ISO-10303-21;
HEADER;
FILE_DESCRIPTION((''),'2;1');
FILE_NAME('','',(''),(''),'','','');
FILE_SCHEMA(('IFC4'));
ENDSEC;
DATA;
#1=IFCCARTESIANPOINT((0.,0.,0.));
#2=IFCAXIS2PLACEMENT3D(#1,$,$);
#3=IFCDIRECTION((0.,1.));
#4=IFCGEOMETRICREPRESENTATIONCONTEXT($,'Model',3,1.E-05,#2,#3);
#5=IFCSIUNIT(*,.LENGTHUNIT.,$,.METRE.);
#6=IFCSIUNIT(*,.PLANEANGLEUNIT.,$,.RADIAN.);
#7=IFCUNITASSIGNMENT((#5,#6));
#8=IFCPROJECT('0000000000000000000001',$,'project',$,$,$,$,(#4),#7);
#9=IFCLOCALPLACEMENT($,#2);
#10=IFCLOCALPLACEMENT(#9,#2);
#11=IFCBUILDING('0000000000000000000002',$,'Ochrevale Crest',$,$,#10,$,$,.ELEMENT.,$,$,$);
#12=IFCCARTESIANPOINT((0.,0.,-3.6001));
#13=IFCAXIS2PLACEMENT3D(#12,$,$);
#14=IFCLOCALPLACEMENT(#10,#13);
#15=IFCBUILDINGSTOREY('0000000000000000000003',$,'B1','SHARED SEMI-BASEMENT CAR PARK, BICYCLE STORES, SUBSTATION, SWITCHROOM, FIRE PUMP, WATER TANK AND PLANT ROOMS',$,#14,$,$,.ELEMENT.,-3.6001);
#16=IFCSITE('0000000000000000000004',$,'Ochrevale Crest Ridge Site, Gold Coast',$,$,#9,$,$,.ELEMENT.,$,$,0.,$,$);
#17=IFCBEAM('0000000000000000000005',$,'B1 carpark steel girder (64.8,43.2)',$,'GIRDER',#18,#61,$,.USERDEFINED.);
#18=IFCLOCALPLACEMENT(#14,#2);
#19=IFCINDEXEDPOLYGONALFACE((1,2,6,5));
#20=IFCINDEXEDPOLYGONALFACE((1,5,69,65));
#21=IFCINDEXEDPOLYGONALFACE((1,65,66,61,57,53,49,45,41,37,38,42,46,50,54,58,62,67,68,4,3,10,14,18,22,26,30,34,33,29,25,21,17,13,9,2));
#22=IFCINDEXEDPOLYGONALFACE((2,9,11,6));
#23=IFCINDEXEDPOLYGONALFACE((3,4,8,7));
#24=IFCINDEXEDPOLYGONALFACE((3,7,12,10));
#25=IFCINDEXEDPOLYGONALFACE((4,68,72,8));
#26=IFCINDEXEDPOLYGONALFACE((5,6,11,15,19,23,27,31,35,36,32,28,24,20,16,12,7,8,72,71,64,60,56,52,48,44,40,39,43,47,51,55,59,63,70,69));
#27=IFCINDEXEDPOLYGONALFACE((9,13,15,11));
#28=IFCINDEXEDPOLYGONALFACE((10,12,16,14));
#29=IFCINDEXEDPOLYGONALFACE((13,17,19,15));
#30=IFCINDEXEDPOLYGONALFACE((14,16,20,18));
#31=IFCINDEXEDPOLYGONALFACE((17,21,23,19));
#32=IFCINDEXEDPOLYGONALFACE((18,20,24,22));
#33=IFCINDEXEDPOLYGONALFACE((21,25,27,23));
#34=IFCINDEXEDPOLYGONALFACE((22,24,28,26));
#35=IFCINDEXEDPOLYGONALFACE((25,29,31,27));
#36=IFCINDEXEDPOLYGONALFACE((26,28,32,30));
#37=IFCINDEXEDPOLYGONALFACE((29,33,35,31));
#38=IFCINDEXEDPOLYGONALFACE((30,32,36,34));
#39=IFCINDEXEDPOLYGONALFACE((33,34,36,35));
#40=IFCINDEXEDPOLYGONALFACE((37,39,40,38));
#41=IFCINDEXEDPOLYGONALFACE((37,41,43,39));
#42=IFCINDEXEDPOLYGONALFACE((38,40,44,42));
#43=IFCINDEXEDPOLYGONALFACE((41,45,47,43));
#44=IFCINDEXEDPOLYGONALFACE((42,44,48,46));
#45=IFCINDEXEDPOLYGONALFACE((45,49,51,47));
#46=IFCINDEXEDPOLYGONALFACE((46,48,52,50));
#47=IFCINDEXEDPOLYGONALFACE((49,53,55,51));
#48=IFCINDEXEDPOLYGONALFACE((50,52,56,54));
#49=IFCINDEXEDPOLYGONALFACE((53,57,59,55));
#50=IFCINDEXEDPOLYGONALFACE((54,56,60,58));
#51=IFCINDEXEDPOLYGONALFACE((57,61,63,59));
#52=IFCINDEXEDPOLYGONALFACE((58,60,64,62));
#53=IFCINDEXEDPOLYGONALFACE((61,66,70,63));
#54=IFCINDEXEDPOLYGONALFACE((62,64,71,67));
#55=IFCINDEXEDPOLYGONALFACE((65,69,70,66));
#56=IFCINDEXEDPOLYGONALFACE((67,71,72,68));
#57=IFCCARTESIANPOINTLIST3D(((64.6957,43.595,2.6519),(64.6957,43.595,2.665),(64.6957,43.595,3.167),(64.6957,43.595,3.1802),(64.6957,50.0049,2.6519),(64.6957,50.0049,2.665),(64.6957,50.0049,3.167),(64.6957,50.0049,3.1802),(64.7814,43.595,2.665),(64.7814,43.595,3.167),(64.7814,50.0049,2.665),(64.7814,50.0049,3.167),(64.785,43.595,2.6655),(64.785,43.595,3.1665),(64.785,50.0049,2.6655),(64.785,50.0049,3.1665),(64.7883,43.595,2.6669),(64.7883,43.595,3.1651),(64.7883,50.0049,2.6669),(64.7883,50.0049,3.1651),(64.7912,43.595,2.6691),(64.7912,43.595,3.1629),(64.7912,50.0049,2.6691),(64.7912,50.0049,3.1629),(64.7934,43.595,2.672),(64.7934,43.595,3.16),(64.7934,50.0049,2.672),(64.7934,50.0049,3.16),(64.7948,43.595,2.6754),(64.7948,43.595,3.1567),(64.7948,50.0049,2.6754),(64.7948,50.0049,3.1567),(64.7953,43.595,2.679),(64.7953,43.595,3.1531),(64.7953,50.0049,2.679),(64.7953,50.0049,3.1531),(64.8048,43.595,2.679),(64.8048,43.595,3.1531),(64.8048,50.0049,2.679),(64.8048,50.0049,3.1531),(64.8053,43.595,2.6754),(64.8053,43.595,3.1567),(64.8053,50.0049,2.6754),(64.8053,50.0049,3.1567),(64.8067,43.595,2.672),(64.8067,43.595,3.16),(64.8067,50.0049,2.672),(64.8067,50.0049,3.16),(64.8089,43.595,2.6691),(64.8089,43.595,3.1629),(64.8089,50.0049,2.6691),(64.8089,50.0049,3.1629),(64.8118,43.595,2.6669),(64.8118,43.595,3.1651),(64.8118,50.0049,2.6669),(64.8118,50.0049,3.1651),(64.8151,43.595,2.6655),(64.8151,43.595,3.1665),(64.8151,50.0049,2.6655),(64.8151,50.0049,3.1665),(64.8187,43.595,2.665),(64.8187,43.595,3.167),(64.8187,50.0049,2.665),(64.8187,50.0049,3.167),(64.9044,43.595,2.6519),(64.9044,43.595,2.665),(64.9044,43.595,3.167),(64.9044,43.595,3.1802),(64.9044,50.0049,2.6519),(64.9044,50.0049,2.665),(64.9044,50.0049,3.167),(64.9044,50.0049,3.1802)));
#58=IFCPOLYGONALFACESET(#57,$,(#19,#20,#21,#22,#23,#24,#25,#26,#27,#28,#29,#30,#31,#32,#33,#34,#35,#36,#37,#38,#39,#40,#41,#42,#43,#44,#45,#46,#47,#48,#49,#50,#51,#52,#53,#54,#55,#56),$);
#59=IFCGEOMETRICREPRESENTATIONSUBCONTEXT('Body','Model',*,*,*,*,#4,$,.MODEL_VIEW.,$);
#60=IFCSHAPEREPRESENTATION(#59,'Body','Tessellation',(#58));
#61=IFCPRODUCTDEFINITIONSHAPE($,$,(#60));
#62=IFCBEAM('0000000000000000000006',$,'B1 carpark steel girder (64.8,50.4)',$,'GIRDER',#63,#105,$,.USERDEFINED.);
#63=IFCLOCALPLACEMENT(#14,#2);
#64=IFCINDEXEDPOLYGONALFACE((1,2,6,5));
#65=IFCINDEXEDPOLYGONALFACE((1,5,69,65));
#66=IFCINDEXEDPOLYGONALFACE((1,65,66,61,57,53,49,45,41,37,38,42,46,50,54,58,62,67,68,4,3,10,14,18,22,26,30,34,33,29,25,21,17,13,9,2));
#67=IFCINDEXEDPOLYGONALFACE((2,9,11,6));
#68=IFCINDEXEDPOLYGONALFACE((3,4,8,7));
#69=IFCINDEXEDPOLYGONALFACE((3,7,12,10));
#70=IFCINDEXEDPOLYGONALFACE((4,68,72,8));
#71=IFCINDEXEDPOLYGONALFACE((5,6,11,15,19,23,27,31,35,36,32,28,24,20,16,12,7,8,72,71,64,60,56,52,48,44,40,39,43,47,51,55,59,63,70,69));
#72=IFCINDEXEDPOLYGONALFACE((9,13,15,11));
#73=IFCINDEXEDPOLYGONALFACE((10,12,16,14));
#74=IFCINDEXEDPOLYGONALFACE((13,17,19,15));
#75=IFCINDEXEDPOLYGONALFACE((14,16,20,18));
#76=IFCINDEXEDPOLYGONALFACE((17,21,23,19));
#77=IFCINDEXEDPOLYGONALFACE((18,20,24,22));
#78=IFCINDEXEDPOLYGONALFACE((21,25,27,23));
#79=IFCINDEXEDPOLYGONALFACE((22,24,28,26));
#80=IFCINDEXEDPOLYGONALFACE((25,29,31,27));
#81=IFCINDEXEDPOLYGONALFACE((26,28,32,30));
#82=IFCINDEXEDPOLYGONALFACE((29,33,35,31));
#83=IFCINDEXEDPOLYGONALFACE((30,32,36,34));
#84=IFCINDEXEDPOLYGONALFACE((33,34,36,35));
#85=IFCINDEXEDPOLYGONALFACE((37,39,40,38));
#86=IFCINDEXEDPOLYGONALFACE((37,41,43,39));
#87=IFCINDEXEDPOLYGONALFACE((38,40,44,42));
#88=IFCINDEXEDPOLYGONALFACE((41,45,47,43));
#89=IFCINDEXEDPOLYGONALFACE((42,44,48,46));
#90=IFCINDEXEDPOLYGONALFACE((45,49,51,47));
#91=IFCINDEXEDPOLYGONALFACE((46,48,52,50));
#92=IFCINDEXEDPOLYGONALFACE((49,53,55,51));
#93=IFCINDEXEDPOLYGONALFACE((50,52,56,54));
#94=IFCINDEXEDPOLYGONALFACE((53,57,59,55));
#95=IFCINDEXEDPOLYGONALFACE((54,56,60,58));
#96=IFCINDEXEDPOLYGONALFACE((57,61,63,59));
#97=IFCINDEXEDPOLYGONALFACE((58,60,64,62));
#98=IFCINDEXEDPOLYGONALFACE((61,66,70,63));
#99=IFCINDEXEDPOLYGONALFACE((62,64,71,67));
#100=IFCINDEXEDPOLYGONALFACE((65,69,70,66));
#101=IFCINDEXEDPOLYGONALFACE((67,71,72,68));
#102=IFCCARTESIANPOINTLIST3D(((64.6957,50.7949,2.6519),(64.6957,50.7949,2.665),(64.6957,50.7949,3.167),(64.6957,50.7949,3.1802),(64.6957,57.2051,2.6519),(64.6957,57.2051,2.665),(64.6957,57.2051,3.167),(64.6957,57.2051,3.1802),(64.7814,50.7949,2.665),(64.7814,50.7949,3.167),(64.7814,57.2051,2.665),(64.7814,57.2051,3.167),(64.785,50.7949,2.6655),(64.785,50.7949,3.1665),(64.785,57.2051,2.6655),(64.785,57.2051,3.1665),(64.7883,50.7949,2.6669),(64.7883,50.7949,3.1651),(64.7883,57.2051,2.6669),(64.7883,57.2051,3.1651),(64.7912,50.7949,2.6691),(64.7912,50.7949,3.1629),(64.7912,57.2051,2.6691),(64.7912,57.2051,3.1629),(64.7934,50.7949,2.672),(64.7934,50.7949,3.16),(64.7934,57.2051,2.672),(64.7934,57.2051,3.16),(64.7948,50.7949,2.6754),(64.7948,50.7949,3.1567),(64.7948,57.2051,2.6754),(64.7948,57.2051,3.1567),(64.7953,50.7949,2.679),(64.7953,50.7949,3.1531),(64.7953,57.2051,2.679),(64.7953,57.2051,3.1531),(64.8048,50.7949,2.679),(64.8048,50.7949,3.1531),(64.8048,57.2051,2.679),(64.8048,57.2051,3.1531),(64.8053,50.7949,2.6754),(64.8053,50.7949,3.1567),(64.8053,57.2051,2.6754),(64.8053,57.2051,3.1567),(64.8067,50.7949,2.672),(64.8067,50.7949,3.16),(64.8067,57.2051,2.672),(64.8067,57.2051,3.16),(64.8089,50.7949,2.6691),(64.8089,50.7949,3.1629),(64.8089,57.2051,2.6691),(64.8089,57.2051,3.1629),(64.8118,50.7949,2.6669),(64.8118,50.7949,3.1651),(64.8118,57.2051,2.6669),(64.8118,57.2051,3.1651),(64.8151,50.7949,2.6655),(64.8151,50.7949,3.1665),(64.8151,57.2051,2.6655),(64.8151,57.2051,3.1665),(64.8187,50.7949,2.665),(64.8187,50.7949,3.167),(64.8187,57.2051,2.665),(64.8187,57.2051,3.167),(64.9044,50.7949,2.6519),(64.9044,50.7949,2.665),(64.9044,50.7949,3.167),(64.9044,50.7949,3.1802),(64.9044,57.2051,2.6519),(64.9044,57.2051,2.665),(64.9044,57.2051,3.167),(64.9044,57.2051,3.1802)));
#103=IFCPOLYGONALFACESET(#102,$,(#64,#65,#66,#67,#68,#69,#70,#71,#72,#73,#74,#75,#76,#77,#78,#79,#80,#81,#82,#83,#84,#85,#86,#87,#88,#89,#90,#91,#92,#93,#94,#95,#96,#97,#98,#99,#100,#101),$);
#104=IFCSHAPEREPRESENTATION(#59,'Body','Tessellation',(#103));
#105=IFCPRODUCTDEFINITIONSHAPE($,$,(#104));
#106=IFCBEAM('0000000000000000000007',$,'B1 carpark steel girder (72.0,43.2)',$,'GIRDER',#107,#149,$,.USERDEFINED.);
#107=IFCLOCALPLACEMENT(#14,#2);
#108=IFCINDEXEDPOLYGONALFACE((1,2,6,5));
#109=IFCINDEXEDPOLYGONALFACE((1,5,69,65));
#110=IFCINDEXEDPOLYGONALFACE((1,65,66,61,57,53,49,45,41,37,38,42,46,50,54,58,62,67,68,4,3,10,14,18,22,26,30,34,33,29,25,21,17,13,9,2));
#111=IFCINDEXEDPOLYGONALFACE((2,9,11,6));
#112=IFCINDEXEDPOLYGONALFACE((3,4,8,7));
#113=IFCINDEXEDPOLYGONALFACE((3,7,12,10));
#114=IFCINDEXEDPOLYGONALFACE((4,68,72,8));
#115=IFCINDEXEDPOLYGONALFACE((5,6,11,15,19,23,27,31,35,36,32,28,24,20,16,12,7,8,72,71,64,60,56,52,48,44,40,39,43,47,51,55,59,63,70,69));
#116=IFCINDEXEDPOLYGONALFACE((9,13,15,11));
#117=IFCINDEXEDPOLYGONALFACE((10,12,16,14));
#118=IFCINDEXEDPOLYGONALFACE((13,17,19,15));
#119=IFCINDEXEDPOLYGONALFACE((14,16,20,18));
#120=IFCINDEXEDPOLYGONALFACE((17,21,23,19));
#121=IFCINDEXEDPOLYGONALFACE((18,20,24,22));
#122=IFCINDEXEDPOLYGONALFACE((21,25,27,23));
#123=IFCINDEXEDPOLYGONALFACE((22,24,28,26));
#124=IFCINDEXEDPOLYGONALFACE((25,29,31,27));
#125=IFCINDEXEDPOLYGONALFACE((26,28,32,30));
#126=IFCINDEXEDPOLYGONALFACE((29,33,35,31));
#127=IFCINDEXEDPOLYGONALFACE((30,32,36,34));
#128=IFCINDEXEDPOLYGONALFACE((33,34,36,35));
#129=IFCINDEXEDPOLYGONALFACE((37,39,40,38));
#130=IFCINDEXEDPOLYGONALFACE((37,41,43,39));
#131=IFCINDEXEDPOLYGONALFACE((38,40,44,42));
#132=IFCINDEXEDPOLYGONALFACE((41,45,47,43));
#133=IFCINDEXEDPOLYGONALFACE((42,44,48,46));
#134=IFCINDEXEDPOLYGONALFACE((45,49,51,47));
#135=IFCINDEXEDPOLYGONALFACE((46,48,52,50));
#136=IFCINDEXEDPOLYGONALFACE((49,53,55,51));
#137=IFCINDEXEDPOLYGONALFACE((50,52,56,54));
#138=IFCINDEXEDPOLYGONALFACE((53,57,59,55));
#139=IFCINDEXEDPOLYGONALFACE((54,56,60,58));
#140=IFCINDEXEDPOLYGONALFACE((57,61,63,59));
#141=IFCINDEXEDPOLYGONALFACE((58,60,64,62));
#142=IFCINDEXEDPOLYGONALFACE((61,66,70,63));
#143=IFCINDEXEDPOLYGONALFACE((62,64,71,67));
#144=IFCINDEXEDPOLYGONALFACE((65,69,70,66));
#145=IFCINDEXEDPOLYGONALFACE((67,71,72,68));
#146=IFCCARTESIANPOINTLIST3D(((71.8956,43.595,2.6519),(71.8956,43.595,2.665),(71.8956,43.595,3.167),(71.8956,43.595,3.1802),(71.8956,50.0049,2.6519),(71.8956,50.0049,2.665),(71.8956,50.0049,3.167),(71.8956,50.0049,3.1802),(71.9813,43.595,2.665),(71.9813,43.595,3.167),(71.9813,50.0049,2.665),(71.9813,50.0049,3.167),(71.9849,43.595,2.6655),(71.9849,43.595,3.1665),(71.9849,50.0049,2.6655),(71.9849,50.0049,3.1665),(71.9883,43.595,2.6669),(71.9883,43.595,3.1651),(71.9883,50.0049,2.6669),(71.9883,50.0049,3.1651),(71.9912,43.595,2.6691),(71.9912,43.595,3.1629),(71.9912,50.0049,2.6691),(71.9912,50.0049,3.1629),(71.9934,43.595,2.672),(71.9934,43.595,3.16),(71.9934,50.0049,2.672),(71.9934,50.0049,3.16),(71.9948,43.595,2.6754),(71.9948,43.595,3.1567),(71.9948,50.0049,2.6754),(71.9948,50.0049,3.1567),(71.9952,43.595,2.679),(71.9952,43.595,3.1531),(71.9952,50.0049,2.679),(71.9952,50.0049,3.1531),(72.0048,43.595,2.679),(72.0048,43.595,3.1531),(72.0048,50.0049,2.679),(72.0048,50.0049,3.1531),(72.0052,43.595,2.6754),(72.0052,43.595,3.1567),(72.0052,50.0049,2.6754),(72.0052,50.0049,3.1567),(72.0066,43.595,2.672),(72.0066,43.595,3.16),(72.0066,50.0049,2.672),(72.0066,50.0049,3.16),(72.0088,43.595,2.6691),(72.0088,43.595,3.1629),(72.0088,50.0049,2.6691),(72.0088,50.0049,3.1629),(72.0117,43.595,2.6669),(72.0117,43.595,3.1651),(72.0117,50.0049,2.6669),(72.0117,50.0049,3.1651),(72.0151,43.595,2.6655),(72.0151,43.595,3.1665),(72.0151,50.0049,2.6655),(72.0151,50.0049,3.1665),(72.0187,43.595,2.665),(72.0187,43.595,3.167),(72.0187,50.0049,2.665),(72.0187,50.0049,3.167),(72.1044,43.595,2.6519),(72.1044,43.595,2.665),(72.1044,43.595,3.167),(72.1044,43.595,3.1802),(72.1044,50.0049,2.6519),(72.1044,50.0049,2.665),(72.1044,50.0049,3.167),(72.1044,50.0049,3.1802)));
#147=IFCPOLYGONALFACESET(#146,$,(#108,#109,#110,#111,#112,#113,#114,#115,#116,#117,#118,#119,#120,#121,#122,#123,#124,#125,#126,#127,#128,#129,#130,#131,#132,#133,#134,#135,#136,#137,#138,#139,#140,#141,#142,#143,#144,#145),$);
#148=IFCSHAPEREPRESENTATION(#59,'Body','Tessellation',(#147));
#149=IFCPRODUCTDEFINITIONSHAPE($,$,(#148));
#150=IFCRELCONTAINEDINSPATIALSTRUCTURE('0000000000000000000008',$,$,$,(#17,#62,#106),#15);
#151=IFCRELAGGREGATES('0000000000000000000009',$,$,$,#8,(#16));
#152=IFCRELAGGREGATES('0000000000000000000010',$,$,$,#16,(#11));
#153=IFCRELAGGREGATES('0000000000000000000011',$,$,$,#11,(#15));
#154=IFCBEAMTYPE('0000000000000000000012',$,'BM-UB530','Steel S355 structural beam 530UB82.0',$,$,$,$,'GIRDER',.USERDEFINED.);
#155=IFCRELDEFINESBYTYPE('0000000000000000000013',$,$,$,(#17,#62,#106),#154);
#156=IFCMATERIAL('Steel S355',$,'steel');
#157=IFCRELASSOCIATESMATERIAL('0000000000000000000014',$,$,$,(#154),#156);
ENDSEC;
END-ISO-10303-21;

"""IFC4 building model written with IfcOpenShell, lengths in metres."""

from ifc_helpers import new_model, si_unit, direction, frame, origin, origin_2d, place, context, subcontext, project, spatial, i_section, extrude, material, material_profile, profile_set, type_object, element, save


model = new_model("IFC4")

# Units and contexts
model_context = context("Model", 3, precision=1e-05, world=origin(), true_north=direction((0.0, 1.0)))
body_context = subcontext(model_context, "Body", "Model", "MODEL_VIEW")
ifc_project = project(units=[si_unit("LENGTHUNIT", "METRE"), si_unit("PLANEANGLEUNIT", "RADIAN")], contexts=[model_context])

# Site, building, storey
site_placement = place(None, origin())
site = spatial("IfcSite", under=ifc_project, at=site_placement, Name="Ochrevale Crest Ridge Site, Gold Coast", CompositionType="ELEMENT", RefElevation=0.0)
building_placement = place(site_placement, origin())
building = spatial("IfcBuilding", under=site, at=building_placement, Name="Ochrevale Crest", CompositionType="ELEMENT")
storey_placement = place(building_placement, frame((0.0, 0.0, -3.6001)))
storey = spatial("IfcBuildingStorey", under=building, at=storey_placement, Name="B1", Description="SHARED SEMI-BASEMENT CAR PARK, BICYCLE STORES, SUBSTATION, SWITCHROOM, FIRE PUMP, WATER TANK AND PLANT ROOMS", CompositionType="ELEMENT", Elevation=-3.6001)

# Beams
ifc_material_1 = material(Name="Steel S355", Category="steel")
ifc_material_profile_1 = material_profile(ifc_material_1, i_section(OverallWidth=0.2087, OverallDepth=0.5283, WebThickness=0.0095, FlangeThickness=0.0132, FilletRadius=0.0139, at=origin_2d()), Name="530UB82.0")
ifc_profile_set_1 = profile_set([ifc_material_profile_1], Name="Steel S355")
beam_type_1 = type_object("IfcBeamType", Name="BM-UB530", Description="Steel S355 structural beam 530UB82.0", ElementType="GIRDER", PredefinedType="USERDEFINED", material=ifc_profile_set_1)
beam_1_placement = place(storey_placement, frame((64.8, 43.595, 2.916), z_axis=(0.0, 1.0, 0.0), x_axis=(-1.0, 0.0, 0.0)))
element("IfcBeam", 1, at=beam_1_placement, inside=storey, type_object=beam_type_1, Name="B1 carpark steel girder (64.8,43.2)", ObjectType="GIRDER", PredefinedType="USERDEFINED", context=body_context, shape_type="SweptSolid", body=[
    extrude(i_section(OverallWidth=0.2087, OverallDepth=0.5283, WebThickness=0.0095, FlangeThickness=0.0132, FilletRadius=0.0139, at=origin_2d()), origin(), (0.0, 0.0, 1.0), 6.4099),
])
beam_2_placement = place(storey_placement, frame((64.8, 50.7949, 2.916), z_axis=(0.0, 1.0, 0.0), x_axis=(-1.0, 0.0, 0.0)))
element("IfcBeam", 2, at=beam_2_placement, inside=storey, type_object=beam_type_1, Name="B1 carpark steel girder (64.8,50.4)", ObjectType="GIRDER", PredefinedType="USERDEFINED", context=body_context, shape_type="SweptSolid", body=[
    extrude(i_section(OverallWidth=0.2087, OverallDepth=0.5283, WebThickness=0.0095, FlangeThickness=0.0132, FilletRadius=0.0139, at=origin_2d()), origin(), (0.0, 0.0, 1.0), 6.4102),
])
beam_3_placement = place(storey_placement, frame((72.0, 43.595, 2.916), z_axis=(0.0, 1.0, 0.0), x_axis=(-1.0, 0.0, 0.0)))
element("IfcBeam", 3, at=beam_3_placement, inside=storey, type_object=beam_type_1, Name="B1 carpark steel girder (72.0,43.2)", ObjectType="GIRDER", PredefinedType="USERDEFINED", context=body_context, shape_type="SweptSolid", body=[
    extrude(i_section(OverallWidth=0.2087, OverallDepth=0.5283, WebThickness=0.0095, FlangeThickness=0.0132, FilletRadius=0.0139, at=origin_2d()), origin(), (0.0, 0.0, 1.0), 6.4099),
])

save(model, "model.ifc")
